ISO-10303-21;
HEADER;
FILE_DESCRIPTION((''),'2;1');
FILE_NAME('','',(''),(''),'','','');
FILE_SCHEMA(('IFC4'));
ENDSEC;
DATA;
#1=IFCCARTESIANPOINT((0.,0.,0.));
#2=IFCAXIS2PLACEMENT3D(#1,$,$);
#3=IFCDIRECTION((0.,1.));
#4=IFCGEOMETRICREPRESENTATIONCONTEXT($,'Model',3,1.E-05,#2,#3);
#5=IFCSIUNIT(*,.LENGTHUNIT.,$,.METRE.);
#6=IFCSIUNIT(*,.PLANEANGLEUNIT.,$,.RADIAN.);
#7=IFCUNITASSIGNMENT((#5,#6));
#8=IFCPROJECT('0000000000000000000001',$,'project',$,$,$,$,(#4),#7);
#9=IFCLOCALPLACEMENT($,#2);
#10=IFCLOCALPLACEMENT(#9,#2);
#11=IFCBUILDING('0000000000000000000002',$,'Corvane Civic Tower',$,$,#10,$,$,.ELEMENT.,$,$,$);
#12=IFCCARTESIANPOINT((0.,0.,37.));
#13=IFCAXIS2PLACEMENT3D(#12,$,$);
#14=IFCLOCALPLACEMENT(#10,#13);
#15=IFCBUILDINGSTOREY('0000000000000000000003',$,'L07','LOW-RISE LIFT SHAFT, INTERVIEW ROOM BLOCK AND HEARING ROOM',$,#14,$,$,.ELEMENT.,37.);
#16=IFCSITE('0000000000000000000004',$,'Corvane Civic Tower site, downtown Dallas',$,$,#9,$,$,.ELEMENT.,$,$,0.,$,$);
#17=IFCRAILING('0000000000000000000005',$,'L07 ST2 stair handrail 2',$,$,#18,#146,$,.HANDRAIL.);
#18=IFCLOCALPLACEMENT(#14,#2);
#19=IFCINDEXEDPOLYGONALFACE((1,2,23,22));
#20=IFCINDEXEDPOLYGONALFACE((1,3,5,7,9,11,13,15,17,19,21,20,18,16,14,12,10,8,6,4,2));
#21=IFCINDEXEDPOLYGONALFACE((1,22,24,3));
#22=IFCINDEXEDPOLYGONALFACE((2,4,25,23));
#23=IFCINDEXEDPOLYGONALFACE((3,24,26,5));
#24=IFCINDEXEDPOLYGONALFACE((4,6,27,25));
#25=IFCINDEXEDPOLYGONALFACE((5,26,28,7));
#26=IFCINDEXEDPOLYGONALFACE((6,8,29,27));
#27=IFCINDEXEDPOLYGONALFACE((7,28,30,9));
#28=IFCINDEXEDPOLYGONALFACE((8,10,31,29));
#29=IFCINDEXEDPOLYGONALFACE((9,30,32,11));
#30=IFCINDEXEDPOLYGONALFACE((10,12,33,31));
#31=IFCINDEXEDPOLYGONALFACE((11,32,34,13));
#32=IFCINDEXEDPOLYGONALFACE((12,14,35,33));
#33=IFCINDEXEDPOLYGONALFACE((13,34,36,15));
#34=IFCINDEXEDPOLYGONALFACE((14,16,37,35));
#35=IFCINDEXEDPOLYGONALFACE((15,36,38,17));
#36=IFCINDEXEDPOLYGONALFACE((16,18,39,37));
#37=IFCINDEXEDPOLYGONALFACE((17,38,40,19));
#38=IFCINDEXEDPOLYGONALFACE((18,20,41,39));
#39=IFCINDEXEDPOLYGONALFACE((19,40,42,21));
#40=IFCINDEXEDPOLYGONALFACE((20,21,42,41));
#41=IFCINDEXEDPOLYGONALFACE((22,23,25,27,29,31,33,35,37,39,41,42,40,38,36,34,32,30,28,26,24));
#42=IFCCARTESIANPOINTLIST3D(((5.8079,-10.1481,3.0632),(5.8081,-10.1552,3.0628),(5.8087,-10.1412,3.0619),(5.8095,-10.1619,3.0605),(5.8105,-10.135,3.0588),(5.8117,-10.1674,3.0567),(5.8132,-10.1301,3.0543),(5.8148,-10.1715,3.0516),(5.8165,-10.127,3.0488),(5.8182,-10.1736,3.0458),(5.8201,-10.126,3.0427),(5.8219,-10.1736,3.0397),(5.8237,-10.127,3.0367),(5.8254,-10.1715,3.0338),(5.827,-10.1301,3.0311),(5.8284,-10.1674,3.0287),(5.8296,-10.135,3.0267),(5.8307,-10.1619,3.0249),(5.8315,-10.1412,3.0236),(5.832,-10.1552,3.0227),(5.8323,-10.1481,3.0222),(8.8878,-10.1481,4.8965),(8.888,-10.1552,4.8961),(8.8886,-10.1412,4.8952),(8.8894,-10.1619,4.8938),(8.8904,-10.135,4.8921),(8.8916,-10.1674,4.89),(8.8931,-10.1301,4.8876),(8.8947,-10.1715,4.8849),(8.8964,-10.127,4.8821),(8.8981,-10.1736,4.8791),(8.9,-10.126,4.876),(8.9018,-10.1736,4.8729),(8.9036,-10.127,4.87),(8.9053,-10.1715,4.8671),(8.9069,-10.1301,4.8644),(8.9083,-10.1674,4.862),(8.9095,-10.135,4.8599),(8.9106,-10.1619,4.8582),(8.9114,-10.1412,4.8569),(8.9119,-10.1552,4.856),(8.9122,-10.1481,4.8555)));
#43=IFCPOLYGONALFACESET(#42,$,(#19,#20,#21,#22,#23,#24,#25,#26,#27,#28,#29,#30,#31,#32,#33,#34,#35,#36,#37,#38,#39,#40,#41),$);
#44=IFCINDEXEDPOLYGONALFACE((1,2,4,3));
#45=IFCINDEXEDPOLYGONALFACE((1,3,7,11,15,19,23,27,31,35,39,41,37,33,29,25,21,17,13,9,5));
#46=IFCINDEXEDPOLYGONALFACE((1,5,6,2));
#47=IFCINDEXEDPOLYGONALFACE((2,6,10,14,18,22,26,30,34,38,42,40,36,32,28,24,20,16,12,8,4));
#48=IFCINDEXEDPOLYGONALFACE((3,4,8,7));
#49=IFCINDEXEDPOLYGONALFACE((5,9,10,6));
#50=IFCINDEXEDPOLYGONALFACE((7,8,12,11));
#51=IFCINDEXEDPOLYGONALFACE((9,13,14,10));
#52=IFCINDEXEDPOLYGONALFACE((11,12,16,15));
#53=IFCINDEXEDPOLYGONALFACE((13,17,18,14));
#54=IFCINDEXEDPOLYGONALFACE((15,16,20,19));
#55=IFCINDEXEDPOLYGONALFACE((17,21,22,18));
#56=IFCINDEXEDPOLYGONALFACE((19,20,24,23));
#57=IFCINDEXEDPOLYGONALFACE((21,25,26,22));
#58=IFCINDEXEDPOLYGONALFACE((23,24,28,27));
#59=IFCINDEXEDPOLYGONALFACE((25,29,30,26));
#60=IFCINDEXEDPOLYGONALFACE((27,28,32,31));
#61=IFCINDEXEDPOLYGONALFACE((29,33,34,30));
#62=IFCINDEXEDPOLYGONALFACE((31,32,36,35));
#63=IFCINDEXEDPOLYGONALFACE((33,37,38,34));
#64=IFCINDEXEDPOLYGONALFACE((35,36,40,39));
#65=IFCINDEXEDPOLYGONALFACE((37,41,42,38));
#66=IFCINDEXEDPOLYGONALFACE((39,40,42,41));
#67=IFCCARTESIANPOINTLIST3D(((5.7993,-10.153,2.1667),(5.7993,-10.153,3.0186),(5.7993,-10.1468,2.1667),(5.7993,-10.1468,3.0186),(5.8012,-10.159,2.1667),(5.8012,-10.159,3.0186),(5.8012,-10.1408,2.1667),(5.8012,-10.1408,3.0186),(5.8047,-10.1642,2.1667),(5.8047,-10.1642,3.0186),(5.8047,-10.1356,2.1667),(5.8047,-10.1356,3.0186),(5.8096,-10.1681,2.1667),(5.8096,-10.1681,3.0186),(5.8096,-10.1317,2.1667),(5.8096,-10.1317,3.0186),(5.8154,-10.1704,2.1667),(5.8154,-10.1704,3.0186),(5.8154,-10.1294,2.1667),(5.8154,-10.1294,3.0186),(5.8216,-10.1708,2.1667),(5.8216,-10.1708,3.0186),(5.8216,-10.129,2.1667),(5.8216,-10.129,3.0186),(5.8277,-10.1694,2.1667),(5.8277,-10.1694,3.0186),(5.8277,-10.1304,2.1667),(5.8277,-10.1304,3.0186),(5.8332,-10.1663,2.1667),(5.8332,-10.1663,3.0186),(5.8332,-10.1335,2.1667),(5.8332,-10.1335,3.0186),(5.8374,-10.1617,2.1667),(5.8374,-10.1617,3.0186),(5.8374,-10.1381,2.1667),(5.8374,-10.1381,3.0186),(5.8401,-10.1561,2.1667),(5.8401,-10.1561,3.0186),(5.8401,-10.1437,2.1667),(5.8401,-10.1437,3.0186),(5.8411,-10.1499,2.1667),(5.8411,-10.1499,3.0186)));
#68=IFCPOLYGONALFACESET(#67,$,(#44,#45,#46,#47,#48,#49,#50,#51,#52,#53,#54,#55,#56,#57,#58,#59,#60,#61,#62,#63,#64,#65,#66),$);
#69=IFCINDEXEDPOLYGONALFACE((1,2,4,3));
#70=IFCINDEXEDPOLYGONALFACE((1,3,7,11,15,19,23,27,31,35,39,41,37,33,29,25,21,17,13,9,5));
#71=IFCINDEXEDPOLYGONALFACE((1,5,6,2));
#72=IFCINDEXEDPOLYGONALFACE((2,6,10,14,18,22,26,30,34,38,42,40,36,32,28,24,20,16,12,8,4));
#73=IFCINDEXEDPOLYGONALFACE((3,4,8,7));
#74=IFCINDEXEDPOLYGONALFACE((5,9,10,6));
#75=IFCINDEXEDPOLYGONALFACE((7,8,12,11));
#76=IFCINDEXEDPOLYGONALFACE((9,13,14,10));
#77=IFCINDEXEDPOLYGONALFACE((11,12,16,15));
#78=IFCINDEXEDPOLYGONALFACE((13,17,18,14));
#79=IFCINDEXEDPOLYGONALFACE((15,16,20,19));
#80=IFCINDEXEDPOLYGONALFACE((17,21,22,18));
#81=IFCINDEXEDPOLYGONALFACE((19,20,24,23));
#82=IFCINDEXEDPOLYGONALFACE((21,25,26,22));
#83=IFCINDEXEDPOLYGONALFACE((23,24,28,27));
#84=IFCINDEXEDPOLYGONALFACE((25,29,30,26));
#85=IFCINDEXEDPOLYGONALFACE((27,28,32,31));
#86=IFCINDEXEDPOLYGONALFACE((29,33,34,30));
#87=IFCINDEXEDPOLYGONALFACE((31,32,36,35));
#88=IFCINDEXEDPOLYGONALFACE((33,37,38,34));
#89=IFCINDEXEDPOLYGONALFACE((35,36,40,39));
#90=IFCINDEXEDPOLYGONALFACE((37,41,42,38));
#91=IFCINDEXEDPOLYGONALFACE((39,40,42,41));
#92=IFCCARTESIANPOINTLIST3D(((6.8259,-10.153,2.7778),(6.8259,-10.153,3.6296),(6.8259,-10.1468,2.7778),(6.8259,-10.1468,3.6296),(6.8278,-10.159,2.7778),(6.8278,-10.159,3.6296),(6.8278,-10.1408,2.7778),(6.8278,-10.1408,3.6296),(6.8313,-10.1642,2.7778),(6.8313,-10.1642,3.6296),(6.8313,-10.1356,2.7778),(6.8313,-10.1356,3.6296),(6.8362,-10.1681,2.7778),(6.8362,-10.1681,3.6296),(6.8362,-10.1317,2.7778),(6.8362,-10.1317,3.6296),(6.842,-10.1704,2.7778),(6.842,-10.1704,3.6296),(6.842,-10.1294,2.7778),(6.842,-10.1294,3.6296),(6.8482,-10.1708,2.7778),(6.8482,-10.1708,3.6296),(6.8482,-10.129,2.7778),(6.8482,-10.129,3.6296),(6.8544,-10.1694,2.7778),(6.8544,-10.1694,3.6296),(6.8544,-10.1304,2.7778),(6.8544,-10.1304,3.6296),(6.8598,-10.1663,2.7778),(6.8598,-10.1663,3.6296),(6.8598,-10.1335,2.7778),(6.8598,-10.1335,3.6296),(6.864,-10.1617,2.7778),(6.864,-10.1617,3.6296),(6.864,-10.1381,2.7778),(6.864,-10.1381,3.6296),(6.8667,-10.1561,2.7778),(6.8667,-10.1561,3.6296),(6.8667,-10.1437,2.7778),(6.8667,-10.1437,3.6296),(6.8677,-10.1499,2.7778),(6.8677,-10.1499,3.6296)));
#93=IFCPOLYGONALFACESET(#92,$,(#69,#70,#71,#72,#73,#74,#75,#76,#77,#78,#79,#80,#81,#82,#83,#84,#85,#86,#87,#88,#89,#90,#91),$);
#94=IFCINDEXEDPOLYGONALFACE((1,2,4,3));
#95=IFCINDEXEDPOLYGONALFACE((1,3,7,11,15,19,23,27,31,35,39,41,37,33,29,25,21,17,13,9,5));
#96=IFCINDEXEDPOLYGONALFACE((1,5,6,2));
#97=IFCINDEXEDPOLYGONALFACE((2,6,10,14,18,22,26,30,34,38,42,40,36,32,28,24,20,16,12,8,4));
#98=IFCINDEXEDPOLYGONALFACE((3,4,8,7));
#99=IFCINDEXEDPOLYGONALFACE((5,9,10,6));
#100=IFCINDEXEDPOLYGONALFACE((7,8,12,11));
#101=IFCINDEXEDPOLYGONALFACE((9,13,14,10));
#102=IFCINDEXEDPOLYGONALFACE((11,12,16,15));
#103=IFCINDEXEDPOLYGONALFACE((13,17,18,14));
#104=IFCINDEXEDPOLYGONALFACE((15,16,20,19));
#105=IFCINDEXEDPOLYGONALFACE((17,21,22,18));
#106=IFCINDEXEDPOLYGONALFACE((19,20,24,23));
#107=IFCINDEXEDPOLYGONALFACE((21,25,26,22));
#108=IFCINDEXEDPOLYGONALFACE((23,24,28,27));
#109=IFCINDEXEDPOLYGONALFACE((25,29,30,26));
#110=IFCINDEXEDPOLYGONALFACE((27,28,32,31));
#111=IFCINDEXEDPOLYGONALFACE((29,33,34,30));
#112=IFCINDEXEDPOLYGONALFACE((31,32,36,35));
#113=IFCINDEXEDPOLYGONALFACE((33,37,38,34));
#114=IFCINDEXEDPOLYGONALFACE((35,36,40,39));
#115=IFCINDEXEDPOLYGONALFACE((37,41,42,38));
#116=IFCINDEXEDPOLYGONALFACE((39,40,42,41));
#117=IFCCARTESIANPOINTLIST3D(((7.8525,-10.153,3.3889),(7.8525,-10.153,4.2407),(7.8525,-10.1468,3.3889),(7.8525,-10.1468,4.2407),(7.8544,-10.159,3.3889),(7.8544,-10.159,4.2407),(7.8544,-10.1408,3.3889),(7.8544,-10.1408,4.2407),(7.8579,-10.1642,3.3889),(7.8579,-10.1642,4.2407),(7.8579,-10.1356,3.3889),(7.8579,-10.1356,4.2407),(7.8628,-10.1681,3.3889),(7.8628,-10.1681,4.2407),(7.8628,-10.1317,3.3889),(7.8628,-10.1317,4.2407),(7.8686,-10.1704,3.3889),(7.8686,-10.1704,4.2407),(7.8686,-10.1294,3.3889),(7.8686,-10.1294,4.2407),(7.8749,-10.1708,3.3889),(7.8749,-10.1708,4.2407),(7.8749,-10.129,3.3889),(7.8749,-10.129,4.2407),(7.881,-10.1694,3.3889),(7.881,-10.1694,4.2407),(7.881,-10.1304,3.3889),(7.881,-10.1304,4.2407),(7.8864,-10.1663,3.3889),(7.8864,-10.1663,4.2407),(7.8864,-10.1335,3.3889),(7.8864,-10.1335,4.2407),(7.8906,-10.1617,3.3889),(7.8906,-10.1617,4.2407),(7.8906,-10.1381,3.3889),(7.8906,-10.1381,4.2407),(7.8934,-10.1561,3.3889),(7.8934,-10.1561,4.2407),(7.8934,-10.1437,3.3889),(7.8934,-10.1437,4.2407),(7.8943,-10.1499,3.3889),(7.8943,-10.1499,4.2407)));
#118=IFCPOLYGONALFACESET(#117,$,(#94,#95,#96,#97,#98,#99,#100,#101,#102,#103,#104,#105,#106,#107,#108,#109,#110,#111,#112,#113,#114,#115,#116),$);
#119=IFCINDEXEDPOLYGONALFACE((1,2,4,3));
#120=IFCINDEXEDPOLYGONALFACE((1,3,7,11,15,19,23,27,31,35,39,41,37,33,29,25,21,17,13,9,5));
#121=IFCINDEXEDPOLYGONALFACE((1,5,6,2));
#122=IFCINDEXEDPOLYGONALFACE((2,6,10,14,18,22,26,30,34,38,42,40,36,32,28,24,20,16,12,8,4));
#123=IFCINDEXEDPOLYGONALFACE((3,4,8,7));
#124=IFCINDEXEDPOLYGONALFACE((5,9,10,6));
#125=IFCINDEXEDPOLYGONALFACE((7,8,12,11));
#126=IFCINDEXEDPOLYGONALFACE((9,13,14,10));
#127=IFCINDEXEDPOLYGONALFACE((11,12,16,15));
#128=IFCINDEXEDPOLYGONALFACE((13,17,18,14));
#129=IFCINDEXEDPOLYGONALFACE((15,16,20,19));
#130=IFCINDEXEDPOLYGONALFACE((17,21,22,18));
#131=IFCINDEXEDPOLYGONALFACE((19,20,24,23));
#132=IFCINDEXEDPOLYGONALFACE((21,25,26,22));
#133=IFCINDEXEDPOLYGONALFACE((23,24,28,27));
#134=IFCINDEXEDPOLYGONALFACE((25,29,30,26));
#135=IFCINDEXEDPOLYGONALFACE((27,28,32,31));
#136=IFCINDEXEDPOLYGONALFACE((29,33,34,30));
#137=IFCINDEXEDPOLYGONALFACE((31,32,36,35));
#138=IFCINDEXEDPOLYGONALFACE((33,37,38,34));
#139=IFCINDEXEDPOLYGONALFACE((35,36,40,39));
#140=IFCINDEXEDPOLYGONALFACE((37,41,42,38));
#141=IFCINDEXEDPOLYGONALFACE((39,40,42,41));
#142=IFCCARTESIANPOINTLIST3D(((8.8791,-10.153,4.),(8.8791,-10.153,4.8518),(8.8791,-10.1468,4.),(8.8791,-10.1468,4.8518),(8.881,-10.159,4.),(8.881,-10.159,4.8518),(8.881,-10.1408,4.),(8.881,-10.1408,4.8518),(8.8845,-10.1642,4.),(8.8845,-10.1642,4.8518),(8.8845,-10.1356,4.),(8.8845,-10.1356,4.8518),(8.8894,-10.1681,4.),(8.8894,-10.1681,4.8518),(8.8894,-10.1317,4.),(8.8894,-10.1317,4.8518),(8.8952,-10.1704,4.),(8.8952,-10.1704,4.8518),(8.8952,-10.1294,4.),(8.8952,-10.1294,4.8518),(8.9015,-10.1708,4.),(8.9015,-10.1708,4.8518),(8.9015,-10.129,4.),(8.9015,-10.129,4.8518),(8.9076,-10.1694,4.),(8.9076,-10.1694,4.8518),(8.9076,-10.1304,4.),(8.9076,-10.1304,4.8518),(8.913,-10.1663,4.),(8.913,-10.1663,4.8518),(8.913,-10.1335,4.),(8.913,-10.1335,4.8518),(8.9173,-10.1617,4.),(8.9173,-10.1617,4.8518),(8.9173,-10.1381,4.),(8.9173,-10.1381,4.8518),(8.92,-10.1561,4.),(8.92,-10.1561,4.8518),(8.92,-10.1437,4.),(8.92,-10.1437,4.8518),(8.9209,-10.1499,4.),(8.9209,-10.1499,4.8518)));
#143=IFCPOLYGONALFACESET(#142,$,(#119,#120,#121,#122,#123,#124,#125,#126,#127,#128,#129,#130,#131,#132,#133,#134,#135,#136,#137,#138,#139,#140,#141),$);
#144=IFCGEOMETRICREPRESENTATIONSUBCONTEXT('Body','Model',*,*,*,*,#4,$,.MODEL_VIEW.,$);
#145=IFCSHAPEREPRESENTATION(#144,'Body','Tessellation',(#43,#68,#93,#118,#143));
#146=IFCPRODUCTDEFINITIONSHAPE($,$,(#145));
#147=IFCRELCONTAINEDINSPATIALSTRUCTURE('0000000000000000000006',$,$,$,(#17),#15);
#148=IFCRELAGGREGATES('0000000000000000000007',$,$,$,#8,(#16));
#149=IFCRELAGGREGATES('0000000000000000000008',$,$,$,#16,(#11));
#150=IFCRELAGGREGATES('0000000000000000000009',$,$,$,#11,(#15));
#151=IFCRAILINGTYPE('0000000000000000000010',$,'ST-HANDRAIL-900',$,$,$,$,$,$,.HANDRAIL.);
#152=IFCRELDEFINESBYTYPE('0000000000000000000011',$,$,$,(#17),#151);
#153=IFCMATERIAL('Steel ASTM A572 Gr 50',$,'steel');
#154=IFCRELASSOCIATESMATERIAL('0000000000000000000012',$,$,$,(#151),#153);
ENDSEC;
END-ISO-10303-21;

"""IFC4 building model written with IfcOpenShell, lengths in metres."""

from ifc_helpers import new_model, si_unit, direction, frame, origin, origin_2d, place, context, subcontext, project, spatial, circle, extrude, material, type_object, element, save


model = new_model("IFC4")

# Units and contexts
model_context = context("Model", 3, precision=1e-05, world=origin(), true_north=direction((0.0, 1.0)))
body_context = subcontext(model_context, "Body", "Model", "MODEL_VIEW")
ifc_project = project(units=[si_unit("LENGTHUNIT", "METRE"), si_unit("PLANEANGLEUNIT", "RADIAN")], contexts=[model_context])

# Site, building, storey
site_placement = place(None, origin())
site = spatial("IfcSite", under=ifc_project, at=site_placement, Name="Corvane Civic Tower site, downtown Dallas", CompositionType="ELEMENT", RefElevation=0.0)
building_placement = place(site_placement, origin())
building = spatial("IfcBuilding", under=site, at=building_placement, Name="Corvane Civic Tower", CompositionType="ELEMENT")
storey_placement = place(building_placement, frame((0.0, 0.0, 37.0)))
storey = spatial("IfcBuildingStorey", under=building, at=storey_placement, Name="L07", Description="LOW-RISE LIFT SHAFT, INTERVIEW ROOM BLOCK AND HEARING ROOM", CompositionType="ELEMENT", Elevation=37.0)

# Railing
ifc_material_1 = material(Name="Steel ASTM A572 Gr 50", Category="steel")
railing_type_1 = type_object("IfcRailingType", Name="ST-HANDRAIL-900", PredefinedType="HANDRAIL", material=ifc_material_1)
railing_1_placement = place(storey_placement, frame((5.8201, -10.1499, 2.1667)))
element("IfcRailing", 1, at=railing_1_placement, inside=storey, type_object=railing_type_1, Name="L07 ST2 stair handrail 2", PredefinedType="HANDRAIL", context=body_context, shape_type="SweptSolid", body=[
    extrude(circle(Radius=0.0239, at=origin_2d()), frame((0.0, 0.0, 0.876), z_axis=(0.859291, 0.0, 0.511487), x_axis=(0.0, 1.0, 0.0)), (0.0, 0.0, 1.0), 3.5842),
    extrude(circle(Radius=0.021, at=origin_2d()), origin(), (0.0, 0.0, 1.0), 0.8518),
    extrude(circle(Radius=0.021, at=origin_2d()), frame((1.0266, 0.0, 0.6111)), (0.0, 0.0, 1.0), 0.8518),
    extrude(circle(Radius=0.021, at=origin_2d()), frame((2.0532, 0.0, 1.2222)), (0.0, 0.0, 1.0), 0.8518),
    extrude(circle(Radius=0.021, at=origin_2d()), frame((3.0798, 0.0, 1.8333)), (0.0, 0.0, 1.0), 0.8518),
])

save(model, "model.ifc")
